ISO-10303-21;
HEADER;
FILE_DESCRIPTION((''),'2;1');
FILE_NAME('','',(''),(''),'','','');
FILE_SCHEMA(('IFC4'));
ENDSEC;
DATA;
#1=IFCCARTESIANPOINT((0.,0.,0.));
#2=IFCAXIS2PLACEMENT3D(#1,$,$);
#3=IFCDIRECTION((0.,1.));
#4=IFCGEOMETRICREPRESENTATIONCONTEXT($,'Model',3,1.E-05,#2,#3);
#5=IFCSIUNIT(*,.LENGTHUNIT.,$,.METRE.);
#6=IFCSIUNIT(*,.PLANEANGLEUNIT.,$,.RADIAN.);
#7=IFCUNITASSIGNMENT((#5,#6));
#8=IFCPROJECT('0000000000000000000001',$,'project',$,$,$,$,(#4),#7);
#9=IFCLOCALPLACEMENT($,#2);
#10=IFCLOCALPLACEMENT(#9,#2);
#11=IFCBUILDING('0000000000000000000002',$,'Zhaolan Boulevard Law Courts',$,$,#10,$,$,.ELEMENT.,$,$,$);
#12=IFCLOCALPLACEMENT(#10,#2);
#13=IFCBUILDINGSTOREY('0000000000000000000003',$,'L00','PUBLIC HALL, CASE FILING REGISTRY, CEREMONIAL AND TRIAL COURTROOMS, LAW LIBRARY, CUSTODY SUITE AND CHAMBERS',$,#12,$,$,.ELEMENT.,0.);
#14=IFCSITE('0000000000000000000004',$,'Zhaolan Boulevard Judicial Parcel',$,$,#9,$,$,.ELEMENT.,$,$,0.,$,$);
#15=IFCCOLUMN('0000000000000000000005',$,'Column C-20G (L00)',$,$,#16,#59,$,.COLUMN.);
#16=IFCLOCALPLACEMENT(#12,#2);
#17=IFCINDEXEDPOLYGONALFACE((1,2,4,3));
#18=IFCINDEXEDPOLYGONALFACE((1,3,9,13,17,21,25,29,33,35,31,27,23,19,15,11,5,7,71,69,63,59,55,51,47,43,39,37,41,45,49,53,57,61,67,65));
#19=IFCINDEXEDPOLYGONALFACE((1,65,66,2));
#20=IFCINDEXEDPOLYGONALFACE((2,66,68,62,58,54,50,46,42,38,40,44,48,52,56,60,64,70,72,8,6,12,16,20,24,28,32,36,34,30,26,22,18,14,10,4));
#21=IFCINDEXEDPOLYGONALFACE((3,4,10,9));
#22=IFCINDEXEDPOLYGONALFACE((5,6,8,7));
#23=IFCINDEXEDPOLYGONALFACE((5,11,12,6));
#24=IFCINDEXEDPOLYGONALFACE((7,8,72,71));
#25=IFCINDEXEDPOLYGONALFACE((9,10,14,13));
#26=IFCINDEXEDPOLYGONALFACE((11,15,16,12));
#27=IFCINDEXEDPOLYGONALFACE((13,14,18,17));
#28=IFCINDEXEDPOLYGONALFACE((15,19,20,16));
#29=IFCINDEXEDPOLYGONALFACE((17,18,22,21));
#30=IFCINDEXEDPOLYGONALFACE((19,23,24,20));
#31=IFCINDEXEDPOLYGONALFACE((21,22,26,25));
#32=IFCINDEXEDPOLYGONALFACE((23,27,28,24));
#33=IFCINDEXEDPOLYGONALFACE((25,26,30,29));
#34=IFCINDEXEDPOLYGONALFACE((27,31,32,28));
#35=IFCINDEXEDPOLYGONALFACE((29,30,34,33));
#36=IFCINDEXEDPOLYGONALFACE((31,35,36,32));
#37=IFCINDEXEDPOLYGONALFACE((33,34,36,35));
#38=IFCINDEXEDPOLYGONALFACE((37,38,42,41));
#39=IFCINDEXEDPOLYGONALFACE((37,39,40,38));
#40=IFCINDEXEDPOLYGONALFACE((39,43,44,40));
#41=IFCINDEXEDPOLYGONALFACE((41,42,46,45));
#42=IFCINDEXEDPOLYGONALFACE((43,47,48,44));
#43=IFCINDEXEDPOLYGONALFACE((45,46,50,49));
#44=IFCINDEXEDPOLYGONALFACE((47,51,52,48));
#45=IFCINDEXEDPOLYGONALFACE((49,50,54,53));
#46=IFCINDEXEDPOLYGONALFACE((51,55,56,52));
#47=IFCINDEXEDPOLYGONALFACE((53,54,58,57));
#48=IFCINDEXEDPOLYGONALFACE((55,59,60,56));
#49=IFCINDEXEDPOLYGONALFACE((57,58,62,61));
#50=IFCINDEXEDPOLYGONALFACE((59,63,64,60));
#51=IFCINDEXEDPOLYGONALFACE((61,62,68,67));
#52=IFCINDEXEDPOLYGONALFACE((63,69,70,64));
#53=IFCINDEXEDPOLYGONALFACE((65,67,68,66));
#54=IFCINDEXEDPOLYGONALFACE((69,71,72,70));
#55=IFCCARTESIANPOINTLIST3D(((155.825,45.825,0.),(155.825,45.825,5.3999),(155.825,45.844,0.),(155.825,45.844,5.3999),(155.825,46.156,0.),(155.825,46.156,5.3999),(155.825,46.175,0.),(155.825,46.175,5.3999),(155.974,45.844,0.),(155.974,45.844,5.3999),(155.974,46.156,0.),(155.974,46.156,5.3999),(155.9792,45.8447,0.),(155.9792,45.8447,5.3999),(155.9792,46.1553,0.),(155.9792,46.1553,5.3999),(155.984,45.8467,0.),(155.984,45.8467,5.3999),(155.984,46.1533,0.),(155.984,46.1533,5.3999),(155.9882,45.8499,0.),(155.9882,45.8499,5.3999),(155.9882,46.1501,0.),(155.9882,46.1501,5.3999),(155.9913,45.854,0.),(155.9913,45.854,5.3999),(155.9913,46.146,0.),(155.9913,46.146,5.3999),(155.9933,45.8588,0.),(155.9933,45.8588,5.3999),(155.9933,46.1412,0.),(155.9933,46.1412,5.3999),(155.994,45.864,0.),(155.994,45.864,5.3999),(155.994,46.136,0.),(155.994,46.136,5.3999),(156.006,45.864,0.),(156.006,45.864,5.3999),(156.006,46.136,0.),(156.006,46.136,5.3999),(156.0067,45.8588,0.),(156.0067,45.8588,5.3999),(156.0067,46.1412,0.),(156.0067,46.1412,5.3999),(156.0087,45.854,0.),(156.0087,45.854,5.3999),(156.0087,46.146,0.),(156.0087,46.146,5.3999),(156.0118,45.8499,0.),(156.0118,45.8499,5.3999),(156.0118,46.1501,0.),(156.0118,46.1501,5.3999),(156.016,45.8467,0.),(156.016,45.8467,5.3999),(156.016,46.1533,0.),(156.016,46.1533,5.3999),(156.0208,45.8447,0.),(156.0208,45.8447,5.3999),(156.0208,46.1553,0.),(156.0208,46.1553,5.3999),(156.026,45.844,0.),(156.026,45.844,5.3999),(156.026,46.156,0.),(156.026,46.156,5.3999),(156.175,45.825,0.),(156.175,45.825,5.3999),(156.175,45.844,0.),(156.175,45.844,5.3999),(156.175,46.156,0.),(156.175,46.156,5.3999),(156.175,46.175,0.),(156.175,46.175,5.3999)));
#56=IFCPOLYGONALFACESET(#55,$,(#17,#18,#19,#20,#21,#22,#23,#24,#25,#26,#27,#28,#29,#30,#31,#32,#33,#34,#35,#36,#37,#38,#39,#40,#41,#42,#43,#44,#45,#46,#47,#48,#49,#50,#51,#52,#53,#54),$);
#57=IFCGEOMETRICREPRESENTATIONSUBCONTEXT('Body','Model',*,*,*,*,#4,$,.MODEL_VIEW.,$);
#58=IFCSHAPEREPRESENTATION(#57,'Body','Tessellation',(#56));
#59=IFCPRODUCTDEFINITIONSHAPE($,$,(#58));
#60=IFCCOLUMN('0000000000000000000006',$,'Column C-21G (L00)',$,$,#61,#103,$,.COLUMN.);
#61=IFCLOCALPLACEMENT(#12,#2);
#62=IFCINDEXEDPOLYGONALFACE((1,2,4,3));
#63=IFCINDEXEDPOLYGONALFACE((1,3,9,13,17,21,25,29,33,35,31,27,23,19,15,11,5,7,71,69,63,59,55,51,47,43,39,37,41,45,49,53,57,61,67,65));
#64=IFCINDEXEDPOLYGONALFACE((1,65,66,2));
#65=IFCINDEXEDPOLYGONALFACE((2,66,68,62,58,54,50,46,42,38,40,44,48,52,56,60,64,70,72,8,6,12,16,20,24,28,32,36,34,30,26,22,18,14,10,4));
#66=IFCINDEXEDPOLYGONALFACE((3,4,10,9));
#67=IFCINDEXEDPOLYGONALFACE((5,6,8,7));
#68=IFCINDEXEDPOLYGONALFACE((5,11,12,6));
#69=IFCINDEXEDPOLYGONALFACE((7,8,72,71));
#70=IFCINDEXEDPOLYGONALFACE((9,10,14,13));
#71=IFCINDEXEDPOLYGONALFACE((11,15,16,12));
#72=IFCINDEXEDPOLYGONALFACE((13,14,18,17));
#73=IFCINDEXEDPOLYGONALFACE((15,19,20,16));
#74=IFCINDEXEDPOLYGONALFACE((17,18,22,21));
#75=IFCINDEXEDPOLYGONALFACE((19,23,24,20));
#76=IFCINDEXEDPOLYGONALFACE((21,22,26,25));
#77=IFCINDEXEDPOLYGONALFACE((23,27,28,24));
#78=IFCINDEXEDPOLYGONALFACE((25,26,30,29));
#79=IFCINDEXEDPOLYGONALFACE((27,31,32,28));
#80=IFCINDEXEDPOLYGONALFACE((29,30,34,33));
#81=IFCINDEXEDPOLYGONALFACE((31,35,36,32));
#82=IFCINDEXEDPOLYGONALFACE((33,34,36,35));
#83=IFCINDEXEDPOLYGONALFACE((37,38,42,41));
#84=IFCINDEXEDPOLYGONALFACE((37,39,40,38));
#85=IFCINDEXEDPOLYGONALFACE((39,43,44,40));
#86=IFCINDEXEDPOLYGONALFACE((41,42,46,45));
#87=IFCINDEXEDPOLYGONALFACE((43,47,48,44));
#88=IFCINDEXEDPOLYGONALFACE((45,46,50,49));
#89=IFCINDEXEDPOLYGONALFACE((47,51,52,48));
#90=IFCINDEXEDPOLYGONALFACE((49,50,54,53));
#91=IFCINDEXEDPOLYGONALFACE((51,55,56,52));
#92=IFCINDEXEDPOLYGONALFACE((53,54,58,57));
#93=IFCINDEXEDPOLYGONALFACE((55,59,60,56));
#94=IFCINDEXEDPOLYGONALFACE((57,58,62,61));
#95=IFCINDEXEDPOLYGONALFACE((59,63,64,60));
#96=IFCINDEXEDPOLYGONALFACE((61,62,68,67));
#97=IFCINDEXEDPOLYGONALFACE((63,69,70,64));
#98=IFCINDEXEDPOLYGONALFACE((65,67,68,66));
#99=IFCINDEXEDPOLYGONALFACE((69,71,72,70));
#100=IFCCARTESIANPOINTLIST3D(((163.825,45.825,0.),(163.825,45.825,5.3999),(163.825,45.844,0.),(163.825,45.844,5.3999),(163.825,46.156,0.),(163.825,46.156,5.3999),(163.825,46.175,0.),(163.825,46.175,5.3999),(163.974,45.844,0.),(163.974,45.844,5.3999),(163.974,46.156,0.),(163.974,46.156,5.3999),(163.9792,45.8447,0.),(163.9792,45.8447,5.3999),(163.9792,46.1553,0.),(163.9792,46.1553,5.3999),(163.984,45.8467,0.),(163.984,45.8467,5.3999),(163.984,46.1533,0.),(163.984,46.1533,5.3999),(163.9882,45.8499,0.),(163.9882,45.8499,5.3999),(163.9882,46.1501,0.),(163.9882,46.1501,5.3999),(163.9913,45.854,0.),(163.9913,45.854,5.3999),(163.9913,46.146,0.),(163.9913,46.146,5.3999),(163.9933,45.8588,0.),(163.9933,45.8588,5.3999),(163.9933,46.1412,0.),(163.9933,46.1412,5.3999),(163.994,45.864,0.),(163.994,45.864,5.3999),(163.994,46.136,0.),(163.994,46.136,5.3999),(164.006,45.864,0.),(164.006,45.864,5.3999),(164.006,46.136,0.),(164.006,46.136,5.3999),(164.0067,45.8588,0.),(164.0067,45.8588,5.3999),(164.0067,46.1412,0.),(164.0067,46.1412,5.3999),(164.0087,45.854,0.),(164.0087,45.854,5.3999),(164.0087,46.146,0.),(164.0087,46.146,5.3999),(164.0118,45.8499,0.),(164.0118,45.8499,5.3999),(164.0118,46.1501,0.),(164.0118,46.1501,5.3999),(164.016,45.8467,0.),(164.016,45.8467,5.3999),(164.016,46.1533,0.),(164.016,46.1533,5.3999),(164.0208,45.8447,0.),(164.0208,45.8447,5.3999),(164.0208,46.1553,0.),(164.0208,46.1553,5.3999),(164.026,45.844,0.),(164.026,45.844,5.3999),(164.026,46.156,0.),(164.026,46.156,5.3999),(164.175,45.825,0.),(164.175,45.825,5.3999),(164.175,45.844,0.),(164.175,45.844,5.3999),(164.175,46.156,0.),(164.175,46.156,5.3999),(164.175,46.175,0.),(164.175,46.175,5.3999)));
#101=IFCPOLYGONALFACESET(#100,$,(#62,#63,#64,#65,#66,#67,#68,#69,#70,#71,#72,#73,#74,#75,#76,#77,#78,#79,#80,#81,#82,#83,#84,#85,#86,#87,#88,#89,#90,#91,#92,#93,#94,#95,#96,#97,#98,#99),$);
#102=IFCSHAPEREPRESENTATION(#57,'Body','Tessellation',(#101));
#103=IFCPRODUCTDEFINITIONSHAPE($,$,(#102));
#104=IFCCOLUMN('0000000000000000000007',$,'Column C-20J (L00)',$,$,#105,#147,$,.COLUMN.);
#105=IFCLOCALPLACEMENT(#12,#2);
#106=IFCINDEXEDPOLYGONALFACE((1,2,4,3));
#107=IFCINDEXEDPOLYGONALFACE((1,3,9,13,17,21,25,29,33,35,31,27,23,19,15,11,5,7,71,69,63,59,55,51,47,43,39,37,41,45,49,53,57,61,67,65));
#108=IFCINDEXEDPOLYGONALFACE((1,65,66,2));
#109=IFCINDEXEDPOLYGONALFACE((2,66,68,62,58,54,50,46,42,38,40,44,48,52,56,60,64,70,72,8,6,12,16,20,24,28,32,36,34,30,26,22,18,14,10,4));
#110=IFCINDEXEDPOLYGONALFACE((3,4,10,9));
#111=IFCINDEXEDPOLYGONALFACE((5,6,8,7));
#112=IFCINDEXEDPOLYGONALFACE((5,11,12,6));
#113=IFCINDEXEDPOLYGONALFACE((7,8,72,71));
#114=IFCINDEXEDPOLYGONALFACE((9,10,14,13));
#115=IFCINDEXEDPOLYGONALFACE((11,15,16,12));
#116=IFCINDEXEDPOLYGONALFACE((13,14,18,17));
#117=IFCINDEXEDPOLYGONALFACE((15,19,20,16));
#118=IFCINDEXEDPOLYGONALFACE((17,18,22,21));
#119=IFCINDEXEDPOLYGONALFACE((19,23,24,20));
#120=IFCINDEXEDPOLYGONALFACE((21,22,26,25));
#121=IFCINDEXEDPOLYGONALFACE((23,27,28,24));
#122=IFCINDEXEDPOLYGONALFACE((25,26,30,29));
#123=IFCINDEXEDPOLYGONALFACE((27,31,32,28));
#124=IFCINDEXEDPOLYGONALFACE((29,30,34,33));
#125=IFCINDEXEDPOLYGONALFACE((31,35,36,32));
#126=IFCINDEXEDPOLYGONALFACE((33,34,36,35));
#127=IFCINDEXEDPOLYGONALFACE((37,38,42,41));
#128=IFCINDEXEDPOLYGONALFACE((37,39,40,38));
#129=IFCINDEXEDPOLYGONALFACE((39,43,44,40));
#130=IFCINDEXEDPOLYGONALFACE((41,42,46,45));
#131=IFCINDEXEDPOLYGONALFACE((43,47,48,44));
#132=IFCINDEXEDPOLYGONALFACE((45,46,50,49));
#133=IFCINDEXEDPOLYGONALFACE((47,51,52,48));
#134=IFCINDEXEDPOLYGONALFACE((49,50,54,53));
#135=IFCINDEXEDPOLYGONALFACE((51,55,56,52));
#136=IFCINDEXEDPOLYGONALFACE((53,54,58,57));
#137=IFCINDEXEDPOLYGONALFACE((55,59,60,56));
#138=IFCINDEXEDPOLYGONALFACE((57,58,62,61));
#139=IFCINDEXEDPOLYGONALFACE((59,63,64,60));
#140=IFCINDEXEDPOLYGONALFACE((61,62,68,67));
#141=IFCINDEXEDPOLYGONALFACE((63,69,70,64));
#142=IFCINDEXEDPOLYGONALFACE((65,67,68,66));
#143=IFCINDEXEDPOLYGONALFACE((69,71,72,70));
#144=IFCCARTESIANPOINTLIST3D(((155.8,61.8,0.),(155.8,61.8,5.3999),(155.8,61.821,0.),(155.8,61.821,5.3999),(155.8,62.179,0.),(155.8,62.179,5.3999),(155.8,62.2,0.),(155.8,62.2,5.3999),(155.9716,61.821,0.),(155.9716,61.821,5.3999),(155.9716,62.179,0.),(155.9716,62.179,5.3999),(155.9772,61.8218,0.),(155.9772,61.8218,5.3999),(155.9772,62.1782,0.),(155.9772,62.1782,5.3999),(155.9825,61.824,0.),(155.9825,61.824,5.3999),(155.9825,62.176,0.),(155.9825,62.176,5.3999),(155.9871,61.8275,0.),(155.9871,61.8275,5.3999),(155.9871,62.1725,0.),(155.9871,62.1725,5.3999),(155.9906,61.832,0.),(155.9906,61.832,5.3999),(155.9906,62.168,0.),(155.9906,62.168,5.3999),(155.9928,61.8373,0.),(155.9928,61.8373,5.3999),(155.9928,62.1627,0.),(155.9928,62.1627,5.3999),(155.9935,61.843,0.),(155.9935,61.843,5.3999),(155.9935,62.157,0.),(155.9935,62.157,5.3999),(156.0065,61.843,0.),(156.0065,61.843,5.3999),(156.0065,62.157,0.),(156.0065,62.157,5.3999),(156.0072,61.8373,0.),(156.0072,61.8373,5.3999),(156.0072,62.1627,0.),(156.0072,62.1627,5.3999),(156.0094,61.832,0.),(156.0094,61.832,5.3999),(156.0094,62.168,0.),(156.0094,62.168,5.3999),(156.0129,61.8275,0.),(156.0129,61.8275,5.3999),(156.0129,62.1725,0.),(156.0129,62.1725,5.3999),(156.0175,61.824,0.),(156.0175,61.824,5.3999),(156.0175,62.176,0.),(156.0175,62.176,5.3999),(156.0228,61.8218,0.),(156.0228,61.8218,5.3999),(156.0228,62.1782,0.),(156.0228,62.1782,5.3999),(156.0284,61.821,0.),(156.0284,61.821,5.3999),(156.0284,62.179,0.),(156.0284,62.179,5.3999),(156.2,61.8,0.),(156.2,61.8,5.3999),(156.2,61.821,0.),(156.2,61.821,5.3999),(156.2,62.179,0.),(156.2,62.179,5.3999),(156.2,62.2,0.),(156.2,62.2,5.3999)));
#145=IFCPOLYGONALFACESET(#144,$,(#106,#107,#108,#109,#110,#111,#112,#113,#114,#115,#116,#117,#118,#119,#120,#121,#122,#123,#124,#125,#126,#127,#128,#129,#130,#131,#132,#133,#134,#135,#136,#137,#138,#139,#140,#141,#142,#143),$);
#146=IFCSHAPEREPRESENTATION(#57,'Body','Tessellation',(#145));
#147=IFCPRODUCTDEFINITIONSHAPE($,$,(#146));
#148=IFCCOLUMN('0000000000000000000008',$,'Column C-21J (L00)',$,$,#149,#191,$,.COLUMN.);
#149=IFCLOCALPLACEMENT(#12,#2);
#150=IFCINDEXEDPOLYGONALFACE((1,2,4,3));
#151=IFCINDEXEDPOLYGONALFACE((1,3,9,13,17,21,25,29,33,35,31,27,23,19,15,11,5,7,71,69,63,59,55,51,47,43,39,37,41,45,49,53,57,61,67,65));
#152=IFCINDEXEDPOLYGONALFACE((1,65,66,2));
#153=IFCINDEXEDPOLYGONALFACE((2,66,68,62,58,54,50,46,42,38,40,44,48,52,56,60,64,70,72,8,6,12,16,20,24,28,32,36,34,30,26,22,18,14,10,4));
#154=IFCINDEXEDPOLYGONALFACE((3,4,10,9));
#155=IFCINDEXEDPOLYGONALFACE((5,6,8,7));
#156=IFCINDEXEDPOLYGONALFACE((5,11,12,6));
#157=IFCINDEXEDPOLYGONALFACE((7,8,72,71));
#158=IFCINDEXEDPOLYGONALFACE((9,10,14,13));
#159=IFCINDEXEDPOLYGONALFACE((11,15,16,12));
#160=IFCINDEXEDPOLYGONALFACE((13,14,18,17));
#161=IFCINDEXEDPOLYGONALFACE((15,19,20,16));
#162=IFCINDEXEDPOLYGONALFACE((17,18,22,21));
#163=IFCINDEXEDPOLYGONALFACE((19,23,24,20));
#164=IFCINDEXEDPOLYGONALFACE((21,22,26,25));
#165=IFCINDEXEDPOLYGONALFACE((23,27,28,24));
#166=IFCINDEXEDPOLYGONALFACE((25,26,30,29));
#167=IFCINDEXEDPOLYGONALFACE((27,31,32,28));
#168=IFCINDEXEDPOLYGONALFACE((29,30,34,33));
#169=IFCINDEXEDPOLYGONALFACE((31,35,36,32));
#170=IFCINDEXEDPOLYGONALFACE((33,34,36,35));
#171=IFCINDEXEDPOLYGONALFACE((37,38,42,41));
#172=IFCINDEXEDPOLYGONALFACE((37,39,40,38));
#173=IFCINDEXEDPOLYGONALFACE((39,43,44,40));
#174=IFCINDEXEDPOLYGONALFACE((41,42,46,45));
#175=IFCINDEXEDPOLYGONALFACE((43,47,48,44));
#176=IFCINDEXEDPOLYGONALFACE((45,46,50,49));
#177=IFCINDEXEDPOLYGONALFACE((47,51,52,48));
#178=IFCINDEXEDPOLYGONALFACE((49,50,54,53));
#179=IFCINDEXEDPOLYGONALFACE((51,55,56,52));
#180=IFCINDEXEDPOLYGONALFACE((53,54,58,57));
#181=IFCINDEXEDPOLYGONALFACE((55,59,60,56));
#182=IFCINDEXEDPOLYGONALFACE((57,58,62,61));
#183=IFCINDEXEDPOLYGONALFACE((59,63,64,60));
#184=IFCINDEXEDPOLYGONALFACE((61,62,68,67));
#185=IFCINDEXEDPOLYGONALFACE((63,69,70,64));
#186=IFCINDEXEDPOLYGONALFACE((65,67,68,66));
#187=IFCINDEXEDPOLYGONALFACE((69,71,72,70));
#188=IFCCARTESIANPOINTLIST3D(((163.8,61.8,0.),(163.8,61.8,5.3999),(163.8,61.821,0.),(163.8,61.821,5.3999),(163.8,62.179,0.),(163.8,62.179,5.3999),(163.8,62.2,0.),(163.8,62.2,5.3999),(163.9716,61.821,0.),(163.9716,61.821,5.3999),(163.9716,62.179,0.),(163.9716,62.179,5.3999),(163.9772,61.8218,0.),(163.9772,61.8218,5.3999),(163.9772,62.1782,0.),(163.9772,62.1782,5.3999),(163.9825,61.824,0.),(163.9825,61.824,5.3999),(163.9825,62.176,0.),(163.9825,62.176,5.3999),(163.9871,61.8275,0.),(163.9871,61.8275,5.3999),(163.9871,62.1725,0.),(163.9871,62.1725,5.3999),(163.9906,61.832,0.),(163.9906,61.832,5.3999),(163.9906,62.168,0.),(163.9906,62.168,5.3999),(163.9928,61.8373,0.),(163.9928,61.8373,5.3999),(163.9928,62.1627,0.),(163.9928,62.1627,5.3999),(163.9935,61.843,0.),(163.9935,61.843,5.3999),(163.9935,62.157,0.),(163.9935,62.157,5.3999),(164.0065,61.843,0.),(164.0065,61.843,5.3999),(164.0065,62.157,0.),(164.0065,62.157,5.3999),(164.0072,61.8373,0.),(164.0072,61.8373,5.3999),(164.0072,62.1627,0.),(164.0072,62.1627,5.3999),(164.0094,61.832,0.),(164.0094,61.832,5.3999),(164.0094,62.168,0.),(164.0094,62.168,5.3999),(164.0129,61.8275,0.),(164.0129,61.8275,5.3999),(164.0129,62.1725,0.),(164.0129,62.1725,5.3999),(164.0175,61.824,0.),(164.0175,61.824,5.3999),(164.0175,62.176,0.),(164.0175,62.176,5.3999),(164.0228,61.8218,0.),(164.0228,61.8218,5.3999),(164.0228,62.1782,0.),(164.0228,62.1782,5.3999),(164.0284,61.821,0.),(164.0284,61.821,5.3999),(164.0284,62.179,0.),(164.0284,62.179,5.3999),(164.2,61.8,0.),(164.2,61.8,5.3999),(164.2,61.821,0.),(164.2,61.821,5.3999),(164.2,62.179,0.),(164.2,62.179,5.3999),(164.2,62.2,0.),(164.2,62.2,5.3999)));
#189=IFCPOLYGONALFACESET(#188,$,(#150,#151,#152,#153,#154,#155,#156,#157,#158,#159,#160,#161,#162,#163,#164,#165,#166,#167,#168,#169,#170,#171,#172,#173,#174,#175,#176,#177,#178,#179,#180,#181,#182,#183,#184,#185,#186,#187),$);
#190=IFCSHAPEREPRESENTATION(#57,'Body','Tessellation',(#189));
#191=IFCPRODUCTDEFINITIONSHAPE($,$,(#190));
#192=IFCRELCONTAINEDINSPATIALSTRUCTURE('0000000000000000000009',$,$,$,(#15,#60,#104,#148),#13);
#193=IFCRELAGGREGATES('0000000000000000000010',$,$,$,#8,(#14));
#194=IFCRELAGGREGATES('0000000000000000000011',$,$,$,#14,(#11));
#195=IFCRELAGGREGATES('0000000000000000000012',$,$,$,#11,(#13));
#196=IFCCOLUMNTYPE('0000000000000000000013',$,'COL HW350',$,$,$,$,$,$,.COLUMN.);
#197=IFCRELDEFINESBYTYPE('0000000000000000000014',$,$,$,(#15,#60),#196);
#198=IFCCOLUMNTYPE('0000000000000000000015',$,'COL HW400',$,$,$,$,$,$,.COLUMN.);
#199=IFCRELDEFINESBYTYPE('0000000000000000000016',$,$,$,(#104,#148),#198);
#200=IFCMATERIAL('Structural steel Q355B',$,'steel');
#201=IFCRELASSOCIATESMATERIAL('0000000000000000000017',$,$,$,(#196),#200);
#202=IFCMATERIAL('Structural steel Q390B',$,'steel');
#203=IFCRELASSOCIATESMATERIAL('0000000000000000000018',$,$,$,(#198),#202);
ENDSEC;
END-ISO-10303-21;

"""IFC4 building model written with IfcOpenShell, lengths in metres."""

from ifc_helpers import new_model, si_unit, direction, frame, origin, origin_2d, place, context, subcontext, project, spatial, i_section, extrude, material, material_profile, profile_set, type_object, element, save


model = new_model("IFC4")

# Units and contexts
model_context = context("Model", 3, precision=1e-05, world=origin(), true_north=direction((0.0, 1.0)))
body_context = subcontext(model_context, "Body", "Model", "MODEL_VIEW")
ifc_project = project(units=[si_unit("LENGTHUNIT", "METRE"), si_unit("PLANEANGLEUNIT", "RADIAN")], contexts=[model_context])

# Site, building, storey
site_placement = place(None, origin())
site = spatial("IfcSite", under=ifc_project, at=site_placement, Name="Zhaolan Boulevard Judicial Parcel", CompositionType="ELEMENT", RefElevation=0.0)
building_placement = place(site_placement, origin())
building = spatial("IfcBuilding", under=site, at=building_placement, Name="Zhaolan Boulevard Law Courts", CompositionType="ELEMENT")
storey_placement = place(building_placement, origin())
storey = spatial("IfcBuildingStorey", under=building, at=storey_placement, Name="L00", Description="PUBLIC HALL, CASE FILING REGISTRY, CEREMONIAL AND TRIAL COURTROOMS, LAW LIBRARY, CUSTODY SUITE AND CHAMBERS", CompositionType="ELEMENT", Elevation=0.0)

# Columns
ifc_material_1 = material(Name="Structural steel Q355B", Category="steel")
ifc_material_profile_1 = material_profile(ifc_material_1, i_section(OverallWidth=0.3501, OverallDepth=0.3501, WebThickness=0.012, FlangeThickness=0.019, FilletRadius=0.02, at=origin_2d()), Name="HW350x350")
ifc_profile_set_1 = profile_set([ifc_material_profile_1], Name="Structural steel Q355B")
column_type_1 = type_object("IfcColumnType", Name="COL HW350", PredefinedType="COLUMN", material=ifc_profile_set_1)
for number, where, z_axis, x_axis, name in (
    (1, (156.0, 46.0, 0.0), (0.0, 0.0, 1.0), (1.0, 0.0, 0.0), "Column C-20G (L00)"),
    (2, (164.0, 46.0, 0.0), (0.0, 0.0, 1.0), (1.0, 0.0, 0.0), "Column C-21G (L00)"),
):
    element("IfcColumn", number, at=place(storey_placement, frame(where, z_axis=z_axis, x_axis=x_axis)), inside=storey, type_object=column_type_1, Name=name, PredefinedType="COLUMN", context=body_context, shape_type="SweptSolid", body=[
        extrude(i_section(OverallWidth=0.3501, OverallDepth=0.3501, WebThickness=0.012, FlangeThickness=0.019, FilletRadius=0.02, at=origin_2d()), origin(), (0.0, 0.0, 1.0), 5.3999),
    ])
ifc_material_2 = material(Name="Structural steel Q390B", Category="steel")
ifc_material_profile_2 = material_profile(ifc_material_2, i_section(OverallWidth=0.3999, OverallDepth=0.3999, WebThickness=0.0129, FlangeThickness=0.021, FilletRadius=0.022, at=origin_2d()), Name="HW400x400")
ifc_profile_set_2 = profile_set([ifc_material_profile_2], Name="Structural steel Q390B")
column_type_2 = type_object("IfcColumnType", Name="COL HW400", PredefinedType="COLUMN", material=ifc_profile_set_2)
for number, where, z_axis, x_axis, name in (
    (3, (156.0, 62.0, 0.0), (0.0, 0.0, 1.0), (1.0, 0.0, 0.0), "Column C-20J (L00)"),
    (4, (164.0, 62.0, 0.0), (0.0, 0.0, 1.0), (1.0, 0.0, 0.0), "Column C-21J (L00)"),
):
    element("IfcColumn", number, at=place(storey_placement, frame(where, z_axis=z_axis, x_axis=x_axis)), inside=storey, type_object=column_type_2, Name=name, PredefinedType="COLUMN", context=body_context, shape_type="SweptSolid", body=[
        extrude(i_section(OverallWidth=0.3999, OverallDepth=0.3999, WebThickness=0.0129, FlangeThickness=0.021, FilletRadius=0.022, at=origin_2d()), origin(), (0.0, 0.0, 1.0), 5.3999),
    ])

save(model, "model.ifc")
